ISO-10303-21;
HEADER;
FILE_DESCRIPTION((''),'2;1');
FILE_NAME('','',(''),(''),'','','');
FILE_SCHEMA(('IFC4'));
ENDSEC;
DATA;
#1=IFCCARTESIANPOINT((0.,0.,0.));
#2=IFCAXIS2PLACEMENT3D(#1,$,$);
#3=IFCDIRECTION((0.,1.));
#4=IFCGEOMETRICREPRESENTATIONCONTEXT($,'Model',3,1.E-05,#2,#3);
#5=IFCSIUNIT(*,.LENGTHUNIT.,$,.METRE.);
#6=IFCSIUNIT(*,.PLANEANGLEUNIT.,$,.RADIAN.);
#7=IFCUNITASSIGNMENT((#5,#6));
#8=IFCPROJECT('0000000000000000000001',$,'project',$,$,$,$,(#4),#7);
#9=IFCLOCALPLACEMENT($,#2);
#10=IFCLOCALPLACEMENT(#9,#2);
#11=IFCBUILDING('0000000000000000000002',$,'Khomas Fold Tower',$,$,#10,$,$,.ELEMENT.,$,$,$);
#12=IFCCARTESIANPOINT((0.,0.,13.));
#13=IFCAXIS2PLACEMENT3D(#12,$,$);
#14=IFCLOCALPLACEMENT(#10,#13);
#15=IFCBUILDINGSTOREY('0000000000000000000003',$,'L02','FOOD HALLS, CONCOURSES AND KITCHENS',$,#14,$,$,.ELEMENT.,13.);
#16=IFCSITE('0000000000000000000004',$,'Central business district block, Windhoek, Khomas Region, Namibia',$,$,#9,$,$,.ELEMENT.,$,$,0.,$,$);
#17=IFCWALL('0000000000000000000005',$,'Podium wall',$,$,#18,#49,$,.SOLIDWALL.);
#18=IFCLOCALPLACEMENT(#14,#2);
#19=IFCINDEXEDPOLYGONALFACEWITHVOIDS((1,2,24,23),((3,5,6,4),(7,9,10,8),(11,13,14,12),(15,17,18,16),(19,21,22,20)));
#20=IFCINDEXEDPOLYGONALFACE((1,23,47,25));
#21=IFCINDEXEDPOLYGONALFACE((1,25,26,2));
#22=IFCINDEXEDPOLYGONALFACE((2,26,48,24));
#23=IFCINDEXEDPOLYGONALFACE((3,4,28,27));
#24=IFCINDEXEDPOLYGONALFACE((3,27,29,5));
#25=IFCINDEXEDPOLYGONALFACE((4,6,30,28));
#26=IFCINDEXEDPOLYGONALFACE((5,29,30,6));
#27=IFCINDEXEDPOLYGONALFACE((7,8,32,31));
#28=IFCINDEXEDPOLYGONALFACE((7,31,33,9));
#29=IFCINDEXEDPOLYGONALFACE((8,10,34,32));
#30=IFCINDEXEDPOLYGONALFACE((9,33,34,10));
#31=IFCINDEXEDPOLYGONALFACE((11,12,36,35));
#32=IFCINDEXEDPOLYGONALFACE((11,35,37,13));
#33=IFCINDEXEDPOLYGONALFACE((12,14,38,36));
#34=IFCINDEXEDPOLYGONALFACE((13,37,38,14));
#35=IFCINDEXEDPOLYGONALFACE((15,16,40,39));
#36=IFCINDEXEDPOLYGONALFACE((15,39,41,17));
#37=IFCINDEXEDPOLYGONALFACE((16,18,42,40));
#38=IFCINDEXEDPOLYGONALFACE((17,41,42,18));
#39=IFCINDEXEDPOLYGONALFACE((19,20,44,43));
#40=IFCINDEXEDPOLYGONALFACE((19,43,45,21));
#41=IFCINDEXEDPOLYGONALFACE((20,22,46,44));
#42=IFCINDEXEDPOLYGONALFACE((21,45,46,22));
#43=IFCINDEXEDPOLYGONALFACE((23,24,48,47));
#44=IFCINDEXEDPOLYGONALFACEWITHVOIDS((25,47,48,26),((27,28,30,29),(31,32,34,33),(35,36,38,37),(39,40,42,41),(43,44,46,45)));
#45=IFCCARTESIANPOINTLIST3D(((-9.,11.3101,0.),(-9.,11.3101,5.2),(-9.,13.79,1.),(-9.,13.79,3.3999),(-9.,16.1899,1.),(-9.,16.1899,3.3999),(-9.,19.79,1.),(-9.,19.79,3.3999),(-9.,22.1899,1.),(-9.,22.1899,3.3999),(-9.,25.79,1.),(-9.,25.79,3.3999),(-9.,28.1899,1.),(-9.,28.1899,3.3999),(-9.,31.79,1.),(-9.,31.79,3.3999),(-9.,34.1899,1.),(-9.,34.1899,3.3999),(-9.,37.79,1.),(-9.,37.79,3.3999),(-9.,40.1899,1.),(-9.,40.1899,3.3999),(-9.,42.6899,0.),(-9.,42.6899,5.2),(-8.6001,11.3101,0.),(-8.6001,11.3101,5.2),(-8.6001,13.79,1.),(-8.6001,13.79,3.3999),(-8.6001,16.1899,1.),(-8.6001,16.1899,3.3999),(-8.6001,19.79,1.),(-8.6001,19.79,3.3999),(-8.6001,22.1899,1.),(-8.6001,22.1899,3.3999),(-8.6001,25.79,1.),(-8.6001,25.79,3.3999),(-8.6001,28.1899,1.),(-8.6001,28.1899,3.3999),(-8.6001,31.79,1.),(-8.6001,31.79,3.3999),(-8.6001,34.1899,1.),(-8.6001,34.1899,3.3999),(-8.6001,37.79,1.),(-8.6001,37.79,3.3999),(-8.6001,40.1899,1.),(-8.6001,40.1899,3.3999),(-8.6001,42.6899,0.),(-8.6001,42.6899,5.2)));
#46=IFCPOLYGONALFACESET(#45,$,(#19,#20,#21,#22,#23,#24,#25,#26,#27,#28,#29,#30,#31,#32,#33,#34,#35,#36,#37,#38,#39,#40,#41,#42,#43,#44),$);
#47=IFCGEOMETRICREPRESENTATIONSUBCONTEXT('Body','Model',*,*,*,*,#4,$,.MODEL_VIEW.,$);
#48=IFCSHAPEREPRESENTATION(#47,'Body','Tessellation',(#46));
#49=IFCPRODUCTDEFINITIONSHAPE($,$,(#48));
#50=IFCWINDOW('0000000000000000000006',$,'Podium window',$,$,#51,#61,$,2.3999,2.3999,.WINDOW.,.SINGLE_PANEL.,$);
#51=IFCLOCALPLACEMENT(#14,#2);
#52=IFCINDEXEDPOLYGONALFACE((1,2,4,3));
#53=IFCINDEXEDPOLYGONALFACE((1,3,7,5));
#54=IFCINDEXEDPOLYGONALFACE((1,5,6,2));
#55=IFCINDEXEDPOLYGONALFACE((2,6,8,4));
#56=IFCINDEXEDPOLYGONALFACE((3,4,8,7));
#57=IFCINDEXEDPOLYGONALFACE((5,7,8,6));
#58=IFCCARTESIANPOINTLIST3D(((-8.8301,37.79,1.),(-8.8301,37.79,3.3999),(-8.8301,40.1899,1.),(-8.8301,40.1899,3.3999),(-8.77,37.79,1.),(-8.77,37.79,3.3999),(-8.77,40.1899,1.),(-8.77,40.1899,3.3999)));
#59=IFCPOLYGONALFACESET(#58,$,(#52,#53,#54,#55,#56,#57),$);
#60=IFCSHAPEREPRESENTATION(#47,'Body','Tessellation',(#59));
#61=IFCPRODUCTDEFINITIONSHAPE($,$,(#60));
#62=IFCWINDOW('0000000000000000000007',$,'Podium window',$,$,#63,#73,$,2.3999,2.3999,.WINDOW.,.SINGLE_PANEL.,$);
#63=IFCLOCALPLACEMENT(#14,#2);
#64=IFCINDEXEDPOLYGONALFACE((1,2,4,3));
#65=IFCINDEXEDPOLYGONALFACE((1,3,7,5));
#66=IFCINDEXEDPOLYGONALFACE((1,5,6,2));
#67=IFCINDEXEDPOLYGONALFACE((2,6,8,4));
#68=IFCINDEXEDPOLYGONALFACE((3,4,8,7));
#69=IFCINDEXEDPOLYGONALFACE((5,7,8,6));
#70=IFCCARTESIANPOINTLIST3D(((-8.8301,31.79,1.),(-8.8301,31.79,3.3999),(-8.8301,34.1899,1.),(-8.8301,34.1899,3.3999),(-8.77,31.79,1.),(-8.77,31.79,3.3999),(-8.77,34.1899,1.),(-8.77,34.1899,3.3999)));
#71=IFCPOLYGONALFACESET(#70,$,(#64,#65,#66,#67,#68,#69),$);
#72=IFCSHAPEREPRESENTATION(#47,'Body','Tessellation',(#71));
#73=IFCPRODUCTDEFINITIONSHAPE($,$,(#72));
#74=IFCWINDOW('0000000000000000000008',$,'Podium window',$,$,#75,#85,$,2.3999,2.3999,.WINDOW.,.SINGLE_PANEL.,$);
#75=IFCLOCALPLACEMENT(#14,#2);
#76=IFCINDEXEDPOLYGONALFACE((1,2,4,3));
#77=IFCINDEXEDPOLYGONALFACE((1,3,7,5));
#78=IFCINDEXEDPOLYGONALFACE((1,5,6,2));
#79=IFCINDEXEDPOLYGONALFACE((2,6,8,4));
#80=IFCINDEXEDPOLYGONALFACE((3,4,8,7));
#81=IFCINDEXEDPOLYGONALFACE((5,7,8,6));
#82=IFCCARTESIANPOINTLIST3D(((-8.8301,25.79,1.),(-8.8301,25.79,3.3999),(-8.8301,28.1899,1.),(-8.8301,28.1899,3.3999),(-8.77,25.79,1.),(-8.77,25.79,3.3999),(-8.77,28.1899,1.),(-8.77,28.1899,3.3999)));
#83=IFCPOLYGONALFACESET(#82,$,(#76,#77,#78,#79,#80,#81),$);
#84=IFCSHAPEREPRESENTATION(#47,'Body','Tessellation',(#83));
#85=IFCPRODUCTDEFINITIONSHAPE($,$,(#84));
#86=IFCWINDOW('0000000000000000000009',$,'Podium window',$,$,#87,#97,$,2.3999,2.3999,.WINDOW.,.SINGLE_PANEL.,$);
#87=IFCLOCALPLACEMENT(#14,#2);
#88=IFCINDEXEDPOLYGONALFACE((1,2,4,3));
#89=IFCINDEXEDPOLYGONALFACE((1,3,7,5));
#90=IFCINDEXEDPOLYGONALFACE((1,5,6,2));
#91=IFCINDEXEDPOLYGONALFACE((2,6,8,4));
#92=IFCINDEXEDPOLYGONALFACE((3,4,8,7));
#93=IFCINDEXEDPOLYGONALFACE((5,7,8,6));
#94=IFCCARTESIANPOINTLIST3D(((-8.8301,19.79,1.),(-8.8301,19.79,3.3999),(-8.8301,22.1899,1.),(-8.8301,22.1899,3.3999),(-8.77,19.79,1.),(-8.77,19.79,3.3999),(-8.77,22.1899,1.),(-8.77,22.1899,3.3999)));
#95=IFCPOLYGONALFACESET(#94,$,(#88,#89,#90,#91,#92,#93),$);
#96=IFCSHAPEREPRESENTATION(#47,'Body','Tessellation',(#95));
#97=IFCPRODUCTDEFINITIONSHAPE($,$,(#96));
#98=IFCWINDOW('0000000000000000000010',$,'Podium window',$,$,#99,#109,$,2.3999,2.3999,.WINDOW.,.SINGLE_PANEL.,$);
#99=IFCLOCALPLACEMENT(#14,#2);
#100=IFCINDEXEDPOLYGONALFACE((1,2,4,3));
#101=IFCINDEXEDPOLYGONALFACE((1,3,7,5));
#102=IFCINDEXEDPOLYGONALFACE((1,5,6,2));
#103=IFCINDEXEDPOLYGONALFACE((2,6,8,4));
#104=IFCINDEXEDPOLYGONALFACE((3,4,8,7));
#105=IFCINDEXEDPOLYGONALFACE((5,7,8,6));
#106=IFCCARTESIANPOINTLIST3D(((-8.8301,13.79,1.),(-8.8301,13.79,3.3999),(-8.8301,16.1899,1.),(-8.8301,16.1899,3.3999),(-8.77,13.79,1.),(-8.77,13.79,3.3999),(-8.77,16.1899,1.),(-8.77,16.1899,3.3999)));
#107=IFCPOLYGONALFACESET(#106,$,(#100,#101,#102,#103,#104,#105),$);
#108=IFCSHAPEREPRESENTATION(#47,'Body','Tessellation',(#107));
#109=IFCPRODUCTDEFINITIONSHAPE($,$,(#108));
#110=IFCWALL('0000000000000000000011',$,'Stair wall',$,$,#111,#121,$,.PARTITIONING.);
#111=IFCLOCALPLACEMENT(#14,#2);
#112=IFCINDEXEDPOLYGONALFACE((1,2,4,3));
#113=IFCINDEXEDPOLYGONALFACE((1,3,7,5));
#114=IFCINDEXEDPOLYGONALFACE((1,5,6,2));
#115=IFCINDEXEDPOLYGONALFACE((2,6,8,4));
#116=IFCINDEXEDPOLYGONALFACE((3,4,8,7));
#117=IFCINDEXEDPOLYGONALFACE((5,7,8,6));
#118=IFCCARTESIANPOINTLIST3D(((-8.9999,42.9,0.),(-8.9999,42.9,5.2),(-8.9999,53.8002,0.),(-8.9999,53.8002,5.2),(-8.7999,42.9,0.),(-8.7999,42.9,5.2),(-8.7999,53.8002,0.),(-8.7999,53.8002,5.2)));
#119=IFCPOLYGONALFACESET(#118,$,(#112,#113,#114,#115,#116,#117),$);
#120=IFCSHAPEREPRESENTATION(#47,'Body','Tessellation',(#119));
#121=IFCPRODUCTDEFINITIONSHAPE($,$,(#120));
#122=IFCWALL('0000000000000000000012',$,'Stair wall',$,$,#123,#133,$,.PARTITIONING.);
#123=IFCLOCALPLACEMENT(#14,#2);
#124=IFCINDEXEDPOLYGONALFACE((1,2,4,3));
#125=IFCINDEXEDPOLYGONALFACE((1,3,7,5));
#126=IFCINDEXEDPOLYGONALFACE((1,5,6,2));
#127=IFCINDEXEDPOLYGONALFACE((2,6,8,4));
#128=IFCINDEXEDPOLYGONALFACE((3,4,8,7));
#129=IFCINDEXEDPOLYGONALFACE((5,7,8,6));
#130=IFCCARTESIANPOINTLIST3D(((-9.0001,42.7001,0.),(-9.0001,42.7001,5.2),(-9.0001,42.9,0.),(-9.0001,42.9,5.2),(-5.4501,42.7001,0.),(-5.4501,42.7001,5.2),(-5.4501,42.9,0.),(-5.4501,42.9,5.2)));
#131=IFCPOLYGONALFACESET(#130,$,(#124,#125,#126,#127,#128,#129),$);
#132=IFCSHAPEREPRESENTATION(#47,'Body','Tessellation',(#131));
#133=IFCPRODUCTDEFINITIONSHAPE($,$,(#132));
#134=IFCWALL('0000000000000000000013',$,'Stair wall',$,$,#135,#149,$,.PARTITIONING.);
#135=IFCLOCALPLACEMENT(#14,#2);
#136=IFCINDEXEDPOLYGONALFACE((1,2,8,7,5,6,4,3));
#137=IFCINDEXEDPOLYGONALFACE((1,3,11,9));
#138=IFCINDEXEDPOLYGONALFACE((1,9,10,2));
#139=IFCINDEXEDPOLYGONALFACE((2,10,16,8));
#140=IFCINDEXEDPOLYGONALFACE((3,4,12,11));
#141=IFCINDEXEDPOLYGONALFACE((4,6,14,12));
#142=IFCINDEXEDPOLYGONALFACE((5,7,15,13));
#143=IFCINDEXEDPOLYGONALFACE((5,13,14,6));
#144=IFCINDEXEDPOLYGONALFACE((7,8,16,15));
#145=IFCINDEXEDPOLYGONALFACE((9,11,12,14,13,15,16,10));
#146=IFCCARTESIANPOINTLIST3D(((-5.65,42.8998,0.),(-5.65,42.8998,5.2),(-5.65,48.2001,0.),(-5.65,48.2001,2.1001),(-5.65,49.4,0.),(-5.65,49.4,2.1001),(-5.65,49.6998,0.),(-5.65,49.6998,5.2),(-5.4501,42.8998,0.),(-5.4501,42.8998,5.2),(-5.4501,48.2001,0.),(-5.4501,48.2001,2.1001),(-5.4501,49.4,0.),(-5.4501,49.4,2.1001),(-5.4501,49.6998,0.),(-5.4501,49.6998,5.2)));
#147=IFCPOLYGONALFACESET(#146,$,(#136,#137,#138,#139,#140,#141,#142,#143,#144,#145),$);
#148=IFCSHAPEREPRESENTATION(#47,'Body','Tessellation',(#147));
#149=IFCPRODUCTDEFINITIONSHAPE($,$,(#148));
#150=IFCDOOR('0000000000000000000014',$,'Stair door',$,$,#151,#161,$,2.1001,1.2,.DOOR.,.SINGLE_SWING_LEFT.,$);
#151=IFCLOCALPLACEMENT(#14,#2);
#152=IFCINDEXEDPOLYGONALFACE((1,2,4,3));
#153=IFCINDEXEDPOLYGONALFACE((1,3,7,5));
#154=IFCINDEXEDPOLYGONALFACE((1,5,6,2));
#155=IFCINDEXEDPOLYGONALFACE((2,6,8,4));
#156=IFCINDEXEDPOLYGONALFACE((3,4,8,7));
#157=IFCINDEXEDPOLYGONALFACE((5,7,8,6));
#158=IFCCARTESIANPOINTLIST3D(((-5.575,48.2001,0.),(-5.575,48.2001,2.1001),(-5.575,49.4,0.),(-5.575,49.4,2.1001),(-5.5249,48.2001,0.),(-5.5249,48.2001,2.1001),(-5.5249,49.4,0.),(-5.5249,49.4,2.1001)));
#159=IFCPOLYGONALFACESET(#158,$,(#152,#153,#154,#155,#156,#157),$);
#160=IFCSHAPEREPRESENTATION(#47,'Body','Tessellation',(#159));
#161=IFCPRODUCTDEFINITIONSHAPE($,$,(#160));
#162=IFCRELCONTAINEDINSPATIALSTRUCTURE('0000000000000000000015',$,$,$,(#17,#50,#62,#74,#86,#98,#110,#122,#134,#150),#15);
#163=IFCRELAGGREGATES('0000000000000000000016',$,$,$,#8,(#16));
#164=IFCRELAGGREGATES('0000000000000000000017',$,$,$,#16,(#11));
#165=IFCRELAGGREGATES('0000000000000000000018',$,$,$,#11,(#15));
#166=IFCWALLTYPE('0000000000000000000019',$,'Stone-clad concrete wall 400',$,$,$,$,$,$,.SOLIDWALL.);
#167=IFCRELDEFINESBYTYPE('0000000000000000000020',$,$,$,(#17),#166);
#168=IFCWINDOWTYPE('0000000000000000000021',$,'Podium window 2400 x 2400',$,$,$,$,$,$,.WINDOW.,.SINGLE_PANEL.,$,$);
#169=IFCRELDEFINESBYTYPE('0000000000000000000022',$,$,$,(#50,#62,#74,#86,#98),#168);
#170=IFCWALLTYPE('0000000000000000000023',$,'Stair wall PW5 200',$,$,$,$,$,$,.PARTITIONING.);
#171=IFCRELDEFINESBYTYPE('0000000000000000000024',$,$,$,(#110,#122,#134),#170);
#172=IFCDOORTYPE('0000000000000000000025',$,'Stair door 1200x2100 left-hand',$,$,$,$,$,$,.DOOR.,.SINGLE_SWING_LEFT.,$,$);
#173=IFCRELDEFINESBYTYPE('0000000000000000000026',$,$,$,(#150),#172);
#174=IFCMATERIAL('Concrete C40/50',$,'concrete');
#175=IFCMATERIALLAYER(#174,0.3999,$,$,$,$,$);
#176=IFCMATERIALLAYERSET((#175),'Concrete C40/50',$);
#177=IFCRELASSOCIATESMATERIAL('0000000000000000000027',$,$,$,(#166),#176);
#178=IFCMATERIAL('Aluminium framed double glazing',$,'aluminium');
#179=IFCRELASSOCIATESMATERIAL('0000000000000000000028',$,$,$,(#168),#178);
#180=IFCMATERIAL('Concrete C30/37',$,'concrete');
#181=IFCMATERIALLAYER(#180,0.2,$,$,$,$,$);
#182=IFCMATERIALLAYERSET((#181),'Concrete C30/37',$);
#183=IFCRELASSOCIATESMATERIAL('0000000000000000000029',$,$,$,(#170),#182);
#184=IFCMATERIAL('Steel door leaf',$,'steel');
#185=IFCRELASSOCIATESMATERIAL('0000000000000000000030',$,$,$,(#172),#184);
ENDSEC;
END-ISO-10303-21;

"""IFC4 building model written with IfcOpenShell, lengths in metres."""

from ifc_helpers import new_model, si_unit, direction, frame, frame_2d, origin, place, context, subcontext, project, spatial, rectangle, extrude, source, transform, mapped, material, layer, layer_set, type_object, element, fill, save


model = new_model("IFC4")

# Units and contexts
model_context = context("Model", 3, precision=1e-05, world=origin(), true_north=direction((0.0, 1.0)))
body_context = subcontext(model_context, "Body", "Model", "MODEL_VIEW")
ifc_project = project(units=[si_unit("LENGTHUNIT", "METRE"), si_unit("PLANEANGLEUNIT", "RADIAN")], contexts=[model_context])

# Site, building, storey
site_placement = place(None, origin())
site = spatial("IfcSite", under=ifc_project, at=site_placement, Name="Central business district block, Windhoek, Khomas Region, Namibia", CompositionType="ELEMENT", RefElevation=0.0)
building_placement = place(site_placement, origin())
building = spatial("IfcBuilding", under=site, at=building_placement, Name="Khomas Fold Tower", CompositionType="ELEMENT")
storey_placement = place(building_placement, frame((0.0, 0.0, 13.0)))
storey = spatial("IfcBuildingStorey", under=building, at=storey_placement, Name="L02", Description="FOOD HALLS, CONCOURSES AND KITCHENS", CompositionType="ELEMENT", Elevation=13.0)

# Wall, openings, windows
ifc_material_1 = material(Name="Concrete C40/50", Category="concrete")
ifc_layer_1 = layer(ifc_material_1, 0.3999)
ifc_layer_set_1 = layer_set([ifc_layer_1], Name="Concrete C40/50")
wall_type_1 = type_object("IfcWallType", Name="Stone-clad concrete wall 400", PredefinedType="SOLIDWALL", material=ifc_layer_set_1)
shared_shape_1 = source(origin(), body_context, "Body", "SweptSolid", [
    extrude(rectangle(XDim=31.3799, YDim=0.3999, at=frame_2d((15.6899, 0.0))), origin(), (0.0, 0.0, 1.0), 5.2),
])
wall_1_placement = place(storey_placement, frame((-8.8, 42.6899, 0.0), z_axis=(0.0, 0.0, 1.0), x_axis=(0.0, -1.0, 0.0)))
wall_1 = element("IfcWall", 1, at=wall_1_placement, inside=storey, type_object=wall_type_1, Name="Podium wall", PredefinedType="SOLIDWALL", context=body_context, shape_type="MappedRepresentation", body=[
    mapped(shared_shape_1, transform((0.0, 0.0, 0.0))),
])
shared_shape_2 = source(origin(), body_context, "Body", "SweptSolid", [
    extrude(rectangle(XDim=2.3999, YDim=2.3999, at=frame_2d((1.2, 1.2))), frame((0.0, 0.21, 0.0), z_axis=(0.0, -1.0, 0.0), x_axis=(1.0, 0.0, 0.0)), (0.0, 0.0, 1.0), 0.4199),
])
opening_1_placement = place(wall_1_placement, frame((2.5, 0.0, 1.0)))
opening_1 = element("IfcOpeningElement", 2, at=opening_1_placement, cuts=wall_1, PredefinedType="OPENING", context=body_context, shape_type="MappedRepresentation", body=[
    mapped(shared_shape_2, transform((0.0, 0.0, 0.0))),
])
opening_2_placement = place(wall_1_placement, frame((8.5, 0.0, 1.0)))
opening_2 = element("IfcOpeningElement", 3, at=opening_2_placement, cuts=wall_1, PredefinedType="OPENING", context=body_context, shape_type="MappedRepresentation", body=[
    mapped(shared_shape_2, transform((0.0, 0.0, 0.0))),
])
opening_3_placement = place(wall_1_placement, frame((14.5, 0.0, 1.0)))
opening_3 = element("IfcOpeningElement", 4, at=opening_3_placement, cuts=wall_1, PredefinedType="OPENING", context=body_context, shape_type="MappedRepresentation", body=[
    mapped(shared_shape_2, transform((0.0, 0.0, 0.0))),
])
opening_4_placement = place(wall_1_placement, frame((20.5, 0.0, 1.0)))
opening_4 = element("IfcOpeningElement", 5, at=opening_4_placement, cuts=wall_1, PredefinedType="OPENING", context=body_context, shape_type="MappedRepresentation", body=[
    mapped(shared_shape_2, transform((0.0, 0.0, 0.0))),
])
opening_5_placement = place(wall_1_placement, frame((26.5, 0.0, 1.0)))
opening_5 = element("IfcOpeningElement", 6, at=opening_5_placement, cuts=wall_1, PredefinedType="OPENING", context=body_context, shape_type="MappedRepresentation", body=[
    mapped(shared_shape_2, transform((0.0, 0.0, 0.0))),
])
ifc_material_2 = material(Name="Aluminium framed double glazing", Category="aluminium")
window_type = type_object("IfcWindowType", Name="Podium window 2400 x 2400", PartitioningType="SINGLE_PANEL", PredefinedType="WINDOW", material=ifc_material_2)
shared_shape_3 = source(origin(), body_context, "Body", "SweptSolid", [
    extrude(rectangle(XDim=2.3999, YDim=2.3999, at=frame_2d((1.2, 1.2))), frame((0.0, 0.03, 0.0), z_axis=(0.0, -1.0, 0.0), x_axis=(1.0, 0.0, 0.0)), (0.0, 0.0, 1.0), 0.0601),
])
window_1_placement = place(opening_1_placement, origin())
window_1 = element("IfcWindow", 7, at=window_1_placement, inside=storey, type_object=window_type, Name="Podium window", OverallHeight=2.3999, OverallWidth=2.3999, PartitioningType="SINGLE_PANEL", PredefinedType="WINDOW", context=body_context, shape_type="MappedRepresentation", body=[
    mapped(shared_shape_3, transform((0.0, 0.0, 0.0))),
])
fill(opening_1, window_1)
window_2_placement = place(opening_2_placement, origin())
window_2 = element("IfcWindow", 8, at=window_2_placement, inside=storey, type_object=window_type, Name="Podium window", OverallHeight=2.3999, OverallWidth=2.3999, PartitioningType="SINGLE_PANEL", PredefinedType="WINDOW", context=body_context, shape_type="MappedRepresentation", body=[
    mapped(shared_shape_3, transform((0.0, 0.0, 0.0))),
])
fill(opening_2, window_2)
window_3_placement = place(opening_3_placement, origin())
window_3 = element("IfcWindow", 9, at=window_3_placement, inside=storey, type_object=window_type, Name="Podium window", OverallHeight=2.3999, OverallWidth=2.3999, PartitioningType="SINGLE_PANEL", PredefinedType="WINDOW", context=body_context, shape_type="MappedRepresentation", body=[
    mapped(shared_shape_3, transform((0.0, 0.0, 0.0))),
])
fill(opening_3, window_3)
window_4_placement = place(opening_4_placement, origin())
window_4 = element("IfcWindow", 10, at=window_4_placement, inside=storey, type_object=window_type, Name="Podium window", OverallHeight=2.3999, OverallWidth=2.3999, PartitioningType="SINGLE_PANEL", PredefinedType="WINDOW", context=body_context, shape_type="MappedRepresentation", body=[
    mapped(shared_shape_3, transform((0.0, 0.0, 0.0))),
])
fill(opening_4, window_4)
window_5_placement = place(opening_5_placement, origin())
window_5 = element("IfcWindow", 11, at=window_5_placement, inside=storey, type_object=window_type, Name="Podium window", OverallHeight=2.3999, OverallWidth=2.3999, PartitioningType="SINGLE_PANEL", PredefinedType="WINDOW", context=body_context, shape_type="MappedRepresentation", body=[
    mapped(shared_shape_3, transform((0.0, 0.0, 0.0))),
])
fill(opening_5, window_5)

# Walls
ifc_material_3 = material(Name="Concrete C30/37", Category="concrete")
ifc_layer_2 = layer(ifc_material_3, 0.2)
ifc_layer_set_2 = layer_set([ifc_layer_2], Name="Concrete C30/37")
wall_type_2 = type_object("IfcWallType", Name="Stair wall PW5 200", PredefinedType="PARTITIONING", material=ifc_layer_set_2)
shared_shape_4 = source(origin(), body_context, "Body", "SweptSolid", [
    extrude(rectangle(XDim=10.9001, YDim=0.2, at=frame_2d((5.4502, 0.0))), origin(), (0.0, 0.0, 1.0), 5.2),
])
wall_2_placement = place(storey_placement, frame((-8.8999, 42.8999, 0.0), z_axis=(0.0, 0.0, 1.0), x_axis=(0.0, 1.0, 0.0)))
element("IfcWall", 12, at=wall_2_placement, inside=storey, type_object=wall_type_2, Name="Stair wall", PredefinedType="PARTITIONING", context=body_context, shape_type="MappedRepresentation", body=[
    mapped(shared_shape_4, transform((0.0, 0.0, 0.0))),
])
shared_shape_5 = source(origin(), body_context, "Body", "SweptSolid", [
    extrude(rectangle(XDim=3.55, YDim=0.2, at=frame_2d((1.7749, 0.0))), origin(), (0.0, 0.0, 1.0), 5.2),
])
wall_3_placement = place(storey_placement, frame((-9.0, 42.8, 0.0), z_axis=(0.0, 0.0, 1.0), x_axis=(1.0, 0.0, 0.0)))
element("IfcWall", 13, at=wall_3_placement, inside=storey, type_object=wall_type_2, Name="Stair wall", PredefinedType="PARTITIONING", context=body_context, shape_type="MappedRepresentation", body=[
    mapped(shared_shape_5, transform((0.0, 0.0, 0.0))),
])

# Wall, opening, door
shared_shape_6 = source(origin(), body_context, "Body", "SweptSolid", [
    extrude(rectangle(XDim=6.8, YDim=0.2, at=frame_2d((3.3999, 0.0))), origin(), (0.0, 0.0, 1.0), 5.2),
])
wall_4_placement = place(storey_placement, frame((-5.55, 42.8999, 0.0), z_axis=(0.0, 0.0, 1.0), x_axis=(0.0, 1.0, 0.0)))
wall_4 = element("IfcWall", 14, at=wall_4_placement, inside=storey, type_object=wall_type_2, Name="Stair wall", PredefinedType="PARTITIONING", context=body_context, shape_type="MappedRepresentation", body=[
    mapped(shared_shape_6, transform((0.0, 0.0, 0.0))),
])
shared_shape_7 = source(origin(), body_context, "Body", "SweptSolid", [
    extrude(rectangle(XDim=1.2, YDim=2.1001, at=frame_2d((0.6001, 1.05))), frame((0.0, 0.1099, 0.0), z_axis=(0.0, -1.0, 0.0), x_axis=(1.0, 0.0, 0.0)), (0.0, 0.0, 1.0), 0.22),
])
opening_6_placement = place(wall_4_placement, frame((5.3, 0.0, 0.0)))
opening_6 = element("IfcOpeningElement", 15, at=opening_6_placement, cuts=wall_4, PredefinedType="OPENING", context=body_context, shape_type="MappedRepresentation", body=[
    mapped(shared_shape_7, transform((0.0, 0.0, 0.0))),
])
ifc_material_4 = material(Name="Steel door leaf", Category="steel")
door_type_1 = type_object("IfcDoorType", Name="Stair door 1200x2100 left-hand", OperationType="SINGLE_SWING_LEFT", PredefinedType="DOOR", material=ifc_material_4)
shared_shape_8 = source(origin(), body_context, "Body", "SweptSolid", [
    extrude(rectangle(XDim=1.2, YDim=2.1001, at=frame_2d((0.6001, 1.05))), frame((0.0, 0.0249, 0.0), z_axis=(0.0, -1.0, 0.0), x_axis=(1.0, 0.0, 0.0)), (0.0, 0.0, 1.0), 0.05),
])
door_1_placement = place(opening_6_placement, origin())
door_1 = element("IfcDoor", 16, at=door_1_placement, inside=storey, type_object=door_type_1, Name="Stair door", OperationType="SINGLE_SWING_LEFT", OverallHeight=2.1001, OverallWidth=1.2, PredefinedType="DOOR", context=body_context, shape_type="MappedRepresentation", body=[
    mapped(shared_shape_8, transform((0.0, 0.0, 0.0))),
])
fill(opening_6, door_1)

save(model, "model.ifc")
